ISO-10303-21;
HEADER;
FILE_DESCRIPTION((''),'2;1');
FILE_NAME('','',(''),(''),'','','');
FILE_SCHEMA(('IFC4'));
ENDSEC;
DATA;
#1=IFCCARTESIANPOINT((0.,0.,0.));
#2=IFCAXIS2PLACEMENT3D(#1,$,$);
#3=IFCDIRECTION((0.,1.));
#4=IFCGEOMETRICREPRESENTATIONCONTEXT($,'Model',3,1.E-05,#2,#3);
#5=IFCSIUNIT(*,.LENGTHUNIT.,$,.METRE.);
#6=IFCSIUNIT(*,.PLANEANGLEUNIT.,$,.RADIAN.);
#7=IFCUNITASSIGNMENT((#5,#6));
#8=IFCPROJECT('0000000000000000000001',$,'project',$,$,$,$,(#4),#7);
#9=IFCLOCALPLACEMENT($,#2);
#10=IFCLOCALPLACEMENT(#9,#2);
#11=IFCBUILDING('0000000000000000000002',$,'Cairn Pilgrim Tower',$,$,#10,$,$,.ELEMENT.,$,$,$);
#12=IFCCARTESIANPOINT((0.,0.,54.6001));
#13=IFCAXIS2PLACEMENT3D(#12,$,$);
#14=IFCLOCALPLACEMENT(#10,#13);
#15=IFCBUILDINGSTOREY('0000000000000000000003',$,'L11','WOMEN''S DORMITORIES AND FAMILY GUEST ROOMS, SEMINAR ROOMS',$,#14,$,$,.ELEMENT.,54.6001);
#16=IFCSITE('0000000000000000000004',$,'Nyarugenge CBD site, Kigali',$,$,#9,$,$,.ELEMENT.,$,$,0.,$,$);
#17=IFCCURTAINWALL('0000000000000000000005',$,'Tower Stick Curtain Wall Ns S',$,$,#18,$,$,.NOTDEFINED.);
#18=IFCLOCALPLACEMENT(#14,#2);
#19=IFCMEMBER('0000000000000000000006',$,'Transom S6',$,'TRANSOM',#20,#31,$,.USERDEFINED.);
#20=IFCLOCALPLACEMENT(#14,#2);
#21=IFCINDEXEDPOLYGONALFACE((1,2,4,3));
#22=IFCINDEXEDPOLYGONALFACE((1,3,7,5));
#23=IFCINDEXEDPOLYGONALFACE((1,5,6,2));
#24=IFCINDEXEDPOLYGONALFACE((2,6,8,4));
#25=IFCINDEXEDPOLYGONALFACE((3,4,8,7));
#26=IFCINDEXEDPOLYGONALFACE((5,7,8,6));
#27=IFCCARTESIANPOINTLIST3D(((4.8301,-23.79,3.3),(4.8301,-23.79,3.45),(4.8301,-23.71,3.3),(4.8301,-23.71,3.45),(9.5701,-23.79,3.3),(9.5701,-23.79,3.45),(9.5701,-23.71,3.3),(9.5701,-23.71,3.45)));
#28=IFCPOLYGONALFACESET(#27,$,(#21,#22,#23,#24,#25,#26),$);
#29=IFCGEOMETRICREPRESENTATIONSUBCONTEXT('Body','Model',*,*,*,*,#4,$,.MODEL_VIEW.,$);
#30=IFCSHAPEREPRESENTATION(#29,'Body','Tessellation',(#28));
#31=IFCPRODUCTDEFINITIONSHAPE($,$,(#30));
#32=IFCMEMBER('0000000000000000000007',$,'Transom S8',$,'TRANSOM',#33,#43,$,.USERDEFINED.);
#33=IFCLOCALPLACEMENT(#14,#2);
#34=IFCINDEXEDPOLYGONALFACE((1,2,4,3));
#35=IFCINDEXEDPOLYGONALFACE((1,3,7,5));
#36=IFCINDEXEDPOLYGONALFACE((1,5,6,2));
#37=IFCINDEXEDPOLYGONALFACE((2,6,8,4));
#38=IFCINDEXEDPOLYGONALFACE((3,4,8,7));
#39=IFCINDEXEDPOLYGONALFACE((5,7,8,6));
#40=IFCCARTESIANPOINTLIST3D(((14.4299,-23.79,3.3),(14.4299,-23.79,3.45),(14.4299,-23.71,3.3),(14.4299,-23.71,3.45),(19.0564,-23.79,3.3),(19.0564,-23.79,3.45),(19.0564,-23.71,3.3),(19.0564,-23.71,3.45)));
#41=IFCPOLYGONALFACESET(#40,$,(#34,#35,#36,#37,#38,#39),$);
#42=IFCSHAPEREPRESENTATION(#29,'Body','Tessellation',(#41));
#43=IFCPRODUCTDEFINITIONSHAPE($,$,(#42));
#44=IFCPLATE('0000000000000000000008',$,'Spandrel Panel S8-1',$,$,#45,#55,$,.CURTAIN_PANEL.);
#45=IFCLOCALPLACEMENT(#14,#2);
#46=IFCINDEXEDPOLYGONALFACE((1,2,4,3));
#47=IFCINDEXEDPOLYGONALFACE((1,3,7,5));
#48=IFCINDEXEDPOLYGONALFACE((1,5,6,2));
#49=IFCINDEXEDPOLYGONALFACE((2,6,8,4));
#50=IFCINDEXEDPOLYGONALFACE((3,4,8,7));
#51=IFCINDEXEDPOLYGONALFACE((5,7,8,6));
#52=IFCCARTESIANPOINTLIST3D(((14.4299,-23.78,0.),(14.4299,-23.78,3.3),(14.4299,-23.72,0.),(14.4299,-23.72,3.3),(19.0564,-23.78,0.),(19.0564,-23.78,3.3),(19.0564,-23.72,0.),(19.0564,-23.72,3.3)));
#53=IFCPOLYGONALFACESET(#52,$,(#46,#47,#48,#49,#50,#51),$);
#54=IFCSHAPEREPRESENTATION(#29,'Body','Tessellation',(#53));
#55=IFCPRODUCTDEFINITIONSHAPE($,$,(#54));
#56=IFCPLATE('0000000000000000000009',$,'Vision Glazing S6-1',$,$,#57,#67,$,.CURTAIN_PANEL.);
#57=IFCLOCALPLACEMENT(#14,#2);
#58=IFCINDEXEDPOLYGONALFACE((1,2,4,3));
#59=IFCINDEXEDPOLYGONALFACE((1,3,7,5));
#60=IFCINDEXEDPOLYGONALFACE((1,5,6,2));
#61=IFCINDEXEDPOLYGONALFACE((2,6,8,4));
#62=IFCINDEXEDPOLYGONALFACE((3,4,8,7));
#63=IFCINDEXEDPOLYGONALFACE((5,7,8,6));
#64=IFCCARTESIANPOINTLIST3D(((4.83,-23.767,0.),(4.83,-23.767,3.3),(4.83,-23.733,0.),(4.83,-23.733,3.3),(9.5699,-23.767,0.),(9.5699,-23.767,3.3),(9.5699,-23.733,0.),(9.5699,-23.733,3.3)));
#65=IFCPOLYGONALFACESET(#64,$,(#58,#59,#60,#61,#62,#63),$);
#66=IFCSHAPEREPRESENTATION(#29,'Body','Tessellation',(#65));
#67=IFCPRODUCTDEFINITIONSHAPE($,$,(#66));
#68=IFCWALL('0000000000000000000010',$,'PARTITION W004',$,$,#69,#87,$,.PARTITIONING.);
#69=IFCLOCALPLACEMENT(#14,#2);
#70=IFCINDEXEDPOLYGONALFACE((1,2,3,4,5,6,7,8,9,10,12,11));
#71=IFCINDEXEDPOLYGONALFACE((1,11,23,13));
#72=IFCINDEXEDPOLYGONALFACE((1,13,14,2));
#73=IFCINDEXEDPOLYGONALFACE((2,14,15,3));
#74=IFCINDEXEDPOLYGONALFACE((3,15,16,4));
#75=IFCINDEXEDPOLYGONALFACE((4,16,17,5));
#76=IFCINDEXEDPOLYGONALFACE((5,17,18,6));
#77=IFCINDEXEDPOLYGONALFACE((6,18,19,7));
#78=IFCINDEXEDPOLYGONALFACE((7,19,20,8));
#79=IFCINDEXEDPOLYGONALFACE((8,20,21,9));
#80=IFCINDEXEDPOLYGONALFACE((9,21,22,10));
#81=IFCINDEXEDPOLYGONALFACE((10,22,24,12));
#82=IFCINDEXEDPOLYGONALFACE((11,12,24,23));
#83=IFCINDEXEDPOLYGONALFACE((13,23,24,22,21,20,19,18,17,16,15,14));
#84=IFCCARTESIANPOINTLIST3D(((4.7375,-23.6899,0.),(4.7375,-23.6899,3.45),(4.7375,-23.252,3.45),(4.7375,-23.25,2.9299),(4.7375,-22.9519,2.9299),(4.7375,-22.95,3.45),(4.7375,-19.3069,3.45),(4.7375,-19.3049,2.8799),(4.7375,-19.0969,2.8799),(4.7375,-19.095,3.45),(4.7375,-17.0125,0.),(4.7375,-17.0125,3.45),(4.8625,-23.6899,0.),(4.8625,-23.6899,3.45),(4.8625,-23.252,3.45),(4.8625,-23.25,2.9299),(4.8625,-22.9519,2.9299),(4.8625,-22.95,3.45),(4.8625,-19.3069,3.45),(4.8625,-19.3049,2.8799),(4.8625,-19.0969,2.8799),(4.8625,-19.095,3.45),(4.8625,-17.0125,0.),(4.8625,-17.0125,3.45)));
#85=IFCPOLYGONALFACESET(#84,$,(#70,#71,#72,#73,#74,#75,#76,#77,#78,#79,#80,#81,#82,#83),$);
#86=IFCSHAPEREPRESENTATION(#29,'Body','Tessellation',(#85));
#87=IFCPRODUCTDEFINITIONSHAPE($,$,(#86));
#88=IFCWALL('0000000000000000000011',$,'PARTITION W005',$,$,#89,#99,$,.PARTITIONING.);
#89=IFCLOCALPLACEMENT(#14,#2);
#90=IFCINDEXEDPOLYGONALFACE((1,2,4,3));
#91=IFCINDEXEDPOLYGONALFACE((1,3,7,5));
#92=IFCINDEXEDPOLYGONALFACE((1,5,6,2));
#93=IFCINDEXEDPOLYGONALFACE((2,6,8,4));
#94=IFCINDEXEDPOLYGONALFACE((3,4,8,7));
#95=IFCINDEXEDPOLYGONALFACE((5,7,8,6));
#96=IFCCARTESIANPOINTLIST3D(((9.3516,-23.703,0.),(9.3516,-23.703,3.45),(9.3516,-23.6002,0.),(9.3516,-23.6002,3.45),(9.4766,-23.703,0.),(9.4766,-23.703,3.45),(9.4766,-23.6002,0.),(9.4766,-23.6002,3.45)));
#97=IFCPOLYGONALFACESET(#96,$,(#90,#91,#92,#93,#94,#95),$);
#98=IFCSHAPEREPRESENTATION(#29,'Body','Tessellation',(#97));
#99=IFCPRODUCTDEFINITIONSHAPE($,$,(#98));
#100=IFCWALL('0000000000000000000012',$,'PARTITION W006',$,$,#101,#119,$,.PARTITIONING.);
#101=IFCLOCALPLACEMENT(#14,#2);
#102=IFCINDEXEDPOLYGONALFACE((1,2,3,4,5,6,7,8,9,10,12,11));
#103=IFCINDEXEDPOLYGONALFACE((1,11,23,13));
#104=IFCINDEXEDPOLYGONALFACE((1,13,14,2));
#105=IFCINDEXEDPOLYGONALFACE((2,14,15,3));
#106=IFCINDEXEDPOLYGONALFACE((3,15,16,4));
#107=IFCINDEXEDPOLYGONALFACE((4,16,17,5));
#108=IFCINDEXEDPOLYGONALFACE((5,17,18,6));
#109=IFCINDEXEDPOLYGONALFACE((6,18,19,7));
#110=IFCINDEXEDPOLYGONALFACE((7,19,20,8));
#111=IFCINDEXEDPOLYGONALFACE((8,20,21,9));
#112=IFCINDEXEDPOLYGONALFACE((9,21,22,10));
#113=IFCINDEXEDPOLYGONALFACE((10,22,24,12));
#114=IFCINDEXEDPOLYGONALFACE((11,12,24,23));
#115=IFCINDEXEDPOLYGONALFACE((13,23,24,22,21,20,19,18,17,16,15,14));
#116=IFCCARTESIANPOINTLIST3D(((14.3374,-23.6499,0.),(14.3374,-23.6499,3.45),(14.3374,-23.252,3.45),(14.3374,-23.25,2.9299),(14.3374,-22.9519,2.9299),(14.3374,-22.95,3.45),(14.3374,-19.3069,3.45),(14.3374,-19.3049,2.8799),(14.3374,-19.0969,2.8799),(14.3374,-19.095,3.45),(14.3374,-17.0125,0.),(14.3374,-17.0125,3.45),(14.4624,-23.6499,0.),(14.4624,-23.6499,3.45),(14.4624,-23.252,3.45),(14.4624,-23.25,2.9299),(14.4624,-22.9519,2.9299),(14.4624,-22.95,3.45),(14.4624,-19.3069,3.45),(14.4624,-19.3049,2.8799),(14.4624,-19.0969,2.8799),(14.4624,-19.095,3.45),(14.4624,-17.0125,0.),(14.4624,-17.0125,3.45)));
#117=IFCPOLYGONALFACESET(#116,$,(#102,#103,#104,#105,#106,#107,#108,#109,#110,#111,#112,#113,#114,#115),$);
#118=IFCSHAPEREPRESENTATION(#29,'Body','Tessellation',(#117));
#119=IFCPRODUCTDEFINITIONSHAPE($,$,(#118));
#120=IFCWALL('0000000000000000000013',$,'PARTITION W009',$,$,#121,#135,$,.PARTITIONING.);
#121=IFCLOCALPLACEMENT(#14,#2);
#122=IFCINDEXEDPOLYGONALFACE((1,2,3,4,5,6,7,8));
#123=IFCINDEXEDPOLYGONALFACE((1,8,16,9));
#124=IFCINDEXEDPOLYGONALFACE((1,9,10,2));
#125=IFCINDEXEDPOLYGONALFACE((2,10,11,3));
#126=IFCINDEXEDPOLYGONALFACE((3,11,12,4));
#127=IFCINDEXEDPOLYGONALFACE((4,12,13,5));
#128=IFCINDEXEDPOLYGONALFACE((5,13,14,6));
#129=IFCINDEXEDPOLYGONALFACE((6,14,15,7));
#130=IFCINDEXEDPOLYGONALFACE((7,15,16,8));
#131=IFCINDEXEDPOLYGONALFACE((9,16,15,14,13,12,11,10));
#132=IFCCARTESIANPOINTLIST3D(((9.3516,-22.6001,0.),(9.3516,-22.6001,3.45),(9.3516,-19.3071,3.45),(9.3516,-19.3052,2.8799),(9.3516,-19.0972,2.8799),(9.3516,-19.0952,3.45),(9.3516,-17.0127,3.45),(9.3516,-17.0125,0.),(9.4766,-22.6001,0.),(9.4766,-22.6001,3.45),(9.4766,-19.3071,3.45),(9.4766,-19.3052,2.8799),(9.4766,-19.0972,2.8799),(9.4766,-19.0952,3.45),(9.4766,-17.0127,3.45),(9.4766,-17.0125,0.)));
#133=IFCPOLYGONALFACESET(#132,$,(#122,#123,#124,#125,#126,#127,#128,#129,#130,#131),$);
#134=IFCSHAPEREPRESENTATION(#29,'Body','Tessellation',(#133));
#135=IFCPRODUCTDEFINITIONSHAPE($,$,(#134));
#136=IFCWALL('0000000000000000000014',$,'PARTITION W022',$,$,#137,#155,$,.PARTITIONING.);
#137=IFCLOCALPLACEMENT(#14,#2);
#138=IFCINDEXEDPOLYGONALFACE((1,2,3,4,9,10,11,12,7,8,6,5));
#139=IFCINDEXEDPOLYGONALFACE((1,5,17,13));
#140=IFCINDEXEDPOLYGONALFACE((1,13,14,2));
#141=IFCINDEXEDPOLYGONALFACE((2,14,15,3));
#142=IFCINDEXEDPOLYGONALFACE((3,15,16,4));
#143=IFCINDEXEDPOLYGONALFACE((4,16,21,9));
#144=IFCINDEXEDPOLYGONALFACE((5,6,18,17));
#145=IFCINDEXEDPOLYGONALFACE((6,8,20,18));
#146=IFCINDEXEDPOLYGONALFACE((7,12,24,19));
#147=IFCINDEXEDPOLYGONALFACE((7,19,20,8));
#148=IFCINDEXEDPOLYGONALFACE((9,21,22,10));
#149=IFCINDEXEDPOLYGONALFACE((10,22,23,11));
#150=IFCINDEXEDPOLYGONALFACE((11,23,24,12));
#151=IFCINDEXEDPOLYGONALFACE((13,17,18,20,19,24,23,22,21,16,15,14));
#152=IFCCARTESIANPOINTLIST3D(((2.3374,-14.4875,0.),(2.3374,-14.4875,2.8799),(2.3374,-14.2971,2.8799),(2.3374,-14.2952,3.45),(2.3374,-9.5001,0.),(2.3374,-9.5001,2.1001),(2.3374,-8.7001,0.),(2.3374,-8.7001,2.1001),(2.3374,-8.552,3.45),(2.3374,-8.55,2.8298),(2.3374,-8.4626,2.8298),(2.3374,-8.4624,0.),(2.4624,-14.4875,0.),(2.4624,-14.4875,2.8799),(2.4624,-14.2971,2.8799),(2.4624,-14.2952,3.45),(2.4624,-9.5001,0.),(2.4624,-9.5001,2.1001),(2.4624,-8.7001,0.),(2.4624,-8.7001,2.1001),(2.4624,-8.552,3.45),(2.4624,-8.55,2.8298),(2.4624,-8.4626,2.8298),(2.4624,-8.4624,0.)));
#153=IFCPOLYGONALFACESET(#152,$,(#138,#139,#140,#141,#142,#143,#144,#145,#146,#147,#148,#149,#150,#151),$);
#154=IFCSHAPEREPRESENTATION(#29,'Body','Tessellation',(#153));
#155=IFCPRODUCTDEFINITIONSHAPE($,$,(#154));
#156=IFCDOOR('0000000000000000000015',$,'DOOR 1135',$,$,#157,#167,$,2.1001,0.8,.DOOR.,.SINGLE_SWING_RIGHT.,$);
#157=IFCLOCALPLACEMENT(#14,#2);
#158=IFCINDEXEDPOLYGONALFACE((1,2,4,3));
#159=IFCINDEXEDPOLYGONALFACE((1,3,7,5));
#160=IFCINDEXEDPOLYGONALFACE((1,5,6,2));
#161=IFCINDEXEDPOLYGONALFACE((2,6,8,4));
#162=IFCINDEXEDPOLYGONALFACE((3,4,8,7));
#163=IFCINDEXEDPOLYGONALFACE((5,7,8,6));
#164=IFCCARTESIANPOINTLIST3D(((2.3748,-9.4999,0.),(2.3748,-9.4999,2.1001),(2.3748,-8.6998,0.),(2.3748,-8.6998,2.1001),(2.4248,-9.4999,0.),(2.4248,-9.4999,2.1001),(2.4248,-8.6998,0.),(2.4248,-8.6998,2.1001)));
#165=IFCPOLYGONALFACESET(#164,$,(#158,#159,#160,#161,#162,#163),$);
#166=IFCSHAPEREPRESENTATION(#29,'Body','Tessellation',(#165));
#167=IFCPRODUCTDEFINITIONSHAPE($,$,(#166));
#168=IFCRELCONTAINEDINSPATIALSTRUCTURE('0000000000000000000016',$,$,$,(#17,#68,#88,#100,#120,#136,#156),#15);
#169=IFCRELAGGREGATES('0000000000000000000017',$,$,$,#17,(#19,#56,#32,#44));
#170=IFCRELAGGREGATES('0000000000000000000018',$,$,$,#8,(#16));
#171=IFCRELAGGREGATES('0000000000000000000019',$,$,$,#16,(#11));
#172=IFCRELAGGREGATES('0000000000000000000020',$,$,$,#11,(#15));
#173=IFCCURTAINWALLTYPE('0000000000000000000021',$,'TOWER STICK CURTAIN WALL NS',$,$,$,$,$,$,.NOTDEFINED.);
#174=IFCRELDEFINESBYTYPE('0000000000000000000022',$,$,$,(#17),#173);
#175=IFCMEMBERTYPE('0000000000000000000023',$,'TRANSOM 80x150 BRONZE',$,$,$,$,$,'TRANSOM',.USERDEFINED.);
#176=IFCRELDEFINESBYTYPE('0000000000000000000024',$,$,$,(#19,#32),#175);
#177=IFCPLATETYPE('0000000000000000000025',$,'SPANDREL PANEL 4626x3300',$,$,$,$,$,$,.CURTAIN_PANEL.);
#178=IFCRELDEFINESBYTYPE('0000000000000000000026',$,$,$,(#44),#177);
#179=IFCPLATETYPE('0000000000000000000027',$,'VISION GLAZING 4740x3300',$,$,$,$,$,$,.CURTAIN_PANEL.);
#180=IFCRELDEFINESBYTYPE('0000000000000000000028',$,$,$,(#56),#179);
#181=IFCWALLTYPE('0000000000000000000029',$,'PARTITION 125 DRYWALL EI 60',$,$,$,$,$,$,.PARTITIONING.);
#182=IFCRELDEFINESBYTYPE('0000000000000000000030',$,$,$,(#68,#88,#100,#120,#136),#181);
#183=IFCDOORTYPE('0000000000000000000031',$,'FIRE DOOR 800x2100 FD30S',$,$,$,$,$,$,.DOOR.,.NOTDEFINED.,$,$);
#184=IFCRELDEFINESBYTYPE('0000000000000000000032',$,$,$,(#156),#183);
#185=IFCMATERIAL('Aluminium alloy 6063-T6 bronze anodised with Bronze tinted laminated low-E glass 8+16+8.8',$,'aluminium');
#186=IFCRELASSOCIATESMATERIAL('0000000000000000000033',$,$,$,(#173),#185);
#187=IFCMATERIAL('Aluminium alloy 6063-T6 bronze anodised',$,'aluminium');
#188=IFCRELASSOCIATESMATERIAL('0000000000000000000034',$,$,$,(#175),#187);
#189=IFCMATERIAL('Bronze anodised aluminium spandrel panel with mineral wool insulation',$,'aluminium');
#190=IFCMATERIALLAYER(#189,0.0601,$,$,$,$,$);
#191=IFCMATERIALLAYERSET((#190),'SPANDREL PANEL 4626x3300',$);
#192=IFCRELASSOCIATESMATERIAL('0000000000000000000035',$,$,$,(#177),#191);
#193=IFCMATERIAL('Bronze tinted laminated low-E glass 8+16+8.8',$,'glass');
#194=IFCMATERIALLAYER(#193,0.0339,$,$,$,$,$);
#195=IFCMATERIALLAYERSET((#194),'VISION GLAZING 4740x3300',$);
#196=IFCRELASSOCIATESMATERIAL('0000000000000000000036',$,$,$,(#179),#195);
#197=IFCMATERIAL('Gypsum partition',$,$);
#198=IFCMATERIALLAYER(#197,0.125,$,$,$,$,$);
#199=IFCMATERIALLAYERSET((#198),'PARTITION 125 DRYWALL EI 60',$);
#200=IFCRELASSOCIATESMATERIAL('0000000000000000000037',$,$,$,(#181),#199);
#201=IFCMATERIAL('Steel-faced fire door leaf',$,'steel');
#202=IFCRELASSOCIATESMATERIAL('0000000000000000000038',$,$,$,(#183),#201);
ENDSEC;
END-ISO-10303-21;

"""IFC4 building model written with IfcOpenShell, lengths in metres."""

from ifc_helpers import new_model, si_unit, direction, frame, frame_2d, origin, origin_2d, place, context, subcontext, project, spatial, polyline, rectangle, outline, extrude, material, layer, layer_set, material_profile, profile_set, type_object, element, fill, aggregate, save


model = new_model("IFC4")

# Units and contexts
model_context = context("Model", 3, precision=1e-05, world=origin(), true_north=direction((0.0, 1.0)))
body_context = subcontext(model_context, "Body", "Model", "MODEL_VIEW")
ifc_project = project(units=[si_unit("LENGTHUNIT", "METRE"), si_unit("PLANEANGLEUNIT", "RADIAN")], contexts=[model_context])

# Site, building, storey
site_placement = place(None, origin())
site = spatial("IfcSite", under=ifc_project, at=site_placement, Name="Nyarugenge CBD site, Kigali", CompositionType="ELEMENT", RefElevation=0.0)
building_placement = place(site_placement, origin())
building = spatial("IfcBuilding", under=site, at=building_placement, Name="Cairn Pilgrim Tower", CompositionType="ELEMENT")
storey_placement = place(building_placement, frame((0.0, 0.0, 54.6001)))
storey = spatial("IfcBuildingStorey", under=building, at=storey_placement, Name="L11", Description="WOMEN'S DORMITORIES AND FAMILY GUEST ROOMS, SEMINAR ROOMS", CompositionType="ELEMENT", Elevation=54.6001)

# Curtain wall
ifc_material_1 = material(Name="Aluminium alloy 6063-T6 bronze anodised with Bronze tinted laminated low-E glass 8+16+8.8", Category="aluminium")
curtain_wall_type = type_object("IfcCurtainWallType", Name="TOWER STICK CURTAIN WALL NS", PredefinedType="NOTDEFINED", material=ifc_material_1)
curtain_wall_placement = place(storey_placement, origin())
curtain_wall = element("IfcCurtainWall", 1, at=curtain_wall_placement, inside=storey, type_object=curtain_wall_type, Name="Tower Stick Curtain Wall Ns S", PredefinedType="NOTDEFINED")
ifc_material_2 = material(Name="Aluminium alloy 6063-T6 bronze anodised", Category="aluminium")

# Members
ifc_material_profile_1 = material_profile(ifc_material_2, rectangle(XDim=0.0801, YDim=0.1499, at=origin_2d()), Name="TRANSOM 80x150 BRONZE")
ifc_profile_set_1 = profile_set([ifc_material_profile_1], Name="Aluminium alloy 6063-T6 bronze anodised")
member_type_1 = type_object("IfcMemberType", Name="TRANSOM 80x150 BRONZE", ElementType="TRANSOM", PredefinedType="USERDEFINED", material=ifc_profile_set_1)
member_1_placement = place(storey_placement, frame((4.8301, -23.75, 3.375), z_axis=(1.0, 0.0, 0.0), x_axis=(0.0, 1.0, 0.0)))
member_1 = element("IfcMember", 2, at=member_1_placement, type_object=member_type_1, Name="Transom S6", ObjectType="TRANSOM", PredefinedType="USERDEFINED", context=body_context, shape_type="SweptSolid", body=[
    extrude(rectangle(XDim=0.0801, YDim=0.1499, at=origin_2d()), origin(), (0.0, 0.0, 1.0), 4.74),
])
member_2_placement = place(storey_placement, frame((14.4299, -23.75, 3.375), z_axis=(1.0, 0.0, 0.0), x_axis=(0.0, 1.0, 0.0)))
member_2 = element("IfcMember", 3, at=member_2_placement, type_object=member_type_1, Name="Transom S8", ObjectType="TRANSOM", PredefinedType="USERDEFINED", context=body_context, shape_type="SweptSolid", body=[
    extrude(rectangle(XDim=0.0801, YDim=0.1499, at=origin_2d()), origin(), (0.0, 0.0, 1.0), 4.6265),
])

# Plates
ifc_material_3 = material(Name="Bronze anodised aluminium spandrel panel with mineral wool insulation", Category="aluminium")
ifc_layer_1 = layer(ifc_material_3, 0.0601)
ifc_layer_set_1 = layer_set([ifc_layer_1], Name="SPANDREL PANEL 4626x3300")
plate_type_1 = type_object("IfcPlateType", Name="SPANDREL PANEL 4626x3300", PredefinedType="CURTAIN_PANEL", material=ifc_layer_set_1)
plate_1_placement = place(storey_placement, frame((16.7432, -23.75, 0.0), z_axis=(0.0, 0.0, 1.0), x_axis=(1.0, 0.0, 0.0)))
plate_1 = element("IfcPlate", 4, at=plate_1_placement, type_object=plate_type_1, Name="Spandrel Panel S8-1", PredefinedType="CURTAIN_PANEL", context=body_context, shape_type="SweptSolid", body=[
    extrude(rectangle(XDim=4.6265, YDim=0.0601, at=origin_2d()), origin(), (0.0, 0.0, 1.0), 3.3),
])
ifc_material_4 = material(Name="Bronze tinted laminated low-E glass 8+16+8.8", Category="glass")
ifc_layer_2 = layer(ifc_material_4, 0.0339)
ifc_layer_set_2 = layer_set([ifc_layer_2], Name="VISION GLAZING 4740x3300")
plate_type_2 = type_object("IfcPlateType", Name="VISION GLAZING 4740x3300", PredefinedType="CURTAIN_PANEL", material=ifc_layer_set_2)
plate_2_placement = place(storey_placement, frame((7.2, -23.75, 0.0), z_axis=(0.0, 0.0, 1.0), x_axis=(1.0, 0.0, 0.0)))
plate_2 = element("IfcPlate", 5, at=plate_2_placement, type_object=plate_type_2, Name="Vision Glazing S6-1", PredefinedType="CURTAIN_PANEL", context=body_context, shape_type="SweptSolid", body=[
    extrude(rectangle(XDim=4.74, YDim=0.0339, at=origin_2d()), origin(), (0.0, 0.0, 1.0), 3.3),
])
aggregate(curtain_wall, [member_1, plate_2, member_2, plate_1])

# Walls
ifc_material_5 = material(Name="Gypsum partition")
ifc_layer_3 = layer(ifc_material_5, 0.125)
ifc_layer_set_3 = layer_set([ifc_layer_3], Name="PARTITION 125 DRYWALL EI 60")
wall_type_1 = type_object("IfcWallType", Name="PARTITION 125 DRYWALL EI 60", PredefinedType="PARTITIONING", material=ifc_layer_set_3)
wall_1_placement = place(storey_placement, frame((4.8, -23.6899, 0.0), z_axis=(0.0, 0.0, 1.0), x_axis=(0.0, 1.0, 0.0)))
element("IfcWall", 6, at=wall_1_placement, inside=storey, type_object=wall_type_1, Name="PARTITION W004", PredefinedType="PARTITIONING", context=body_context, shape_type="SweptSolid", body=[
    extrude(outline(polyline([(0.0, 0.0), (6.6775, 0.0), (6.6775, 3.45), (4.595, 3.45), (4.593, 2.8799), (4.385, 2.8799), (4.3831, 3.45), (0.74, 3.45), (0.738, 2.9299), (0.4399, 2.9299), (0.438, 3.45), (0.0, 3.45), (0.0, 0.0)])), frame((0.0, 0.0625, 0.0), z_axis=(0.0, -1.0, 0.0), x_axis=(1.0, 0.0, 0.0)), (0.0, 0.0, 1.0), 0.125),
])
wall_2_placement = place(storey_placement, frame((9.4141, -23.7029, 0.0), z_axis=(0.0, 0.0, 1.0), x_axis=(0.0, 1.0, 0.0)))
element("IfcWall", 7, at=wall_2_placement, inside=storey, type_object=wall_type_1, Name="PARTITION W005", PredefinedType="PARTITIONING", context=body_context, shape_type="SweptSolid", body=[
    extrude(rectangle(XDim=0.1028, YDim=0.125, at=frame_2d((0.0513, 0.0))), origin(), (0.0, 0.0, 1.0), 3.45),
])
wall_3_placement = place(storey_placement, frame((14.3999, -23.6499, 0.0), z_axis=(0.0, 0.0, 1.0), x_axis=(0.0, 1.0, 0.0)))
element("IfcWall", 8, at=wall_3_placement, inside=storey, type_object=wall_type_1, Name="PARTITION W006", PredefinedType="PARTITIONING", context=body_context, shape_type="SweptSolid", body=[
    extrude(outline(polyline([(0.0, 0.0), (6.6375, 0.0), (6.6375, 3.45), (4.5549, 3.45), (4.553, 2.8799), (4.345, 2.8799), (4.343, 3.45), (0.7, 3.45), (0.698, 2.9299), (0.3999, 2.9299), (0.3979, 3.45), (0.0, 3.45), (0.0, 0.0)])), frame((0.0, 0.0625, 0.0), z_axis=(0.0, -1.0, 0.0), x_axis=(1.0, 0.0, 0.0)), (0.0, 0.0, 1.0), 0.125),
])
wall_4_placement = place(storey_placement, frame((9.4141, -22.6001, 0.0), z_axis=(0.0, 0.0, 1.0), x_axis=(0.0, 1.0, 0.0)))
element("IfcWall", 9, at=wall_4_placement, inside=storey, type_object=wall_type_1, Name="PARTITION W009", PredefinedType="PARTITIONING", context=body_context, shape_type="SweptSolid", body=[
    extrude(outline(polyline([(0.0, 0.0), (5.5876, 0.0), (5.5874, 3.45), (3.5049, 3.45), (3.5029, 2.8799), (3.2949, 2.8799), (3.293, 3.45), (0.0, 3.45), (0.0, 0.0)])), frame((0.0, 0.0625, 0.0), z_axis=(0.0, -1.0, 0.0), x_axis=(1.0, 0.0, 0.0)), (0.0, 0.0, 1.0), 0.125),
])

# Wall, opening, door
wall_5_placement = place(storey_placement, frame((2.3999, -14.4875, 0.0), z_axis=(0.0, 0.0, 1.0), x_axis=(0.0, 1.0, 0.0)))
wall_5 = element("IfcWall", 10, at=wall_5_placement, inside=storey, type_object=wall_type_1, Name="PARTITION W022", PredefinedType="PARTITIONING", context=body_context, shape_type="SweptSolid", body=[
    extrude(outline(polyline([(0.0, 0.0), (6.0251, 0.0), (6.0249, 2.8298), (5.9375, 2.8298), (5.9355, 3.45), (0.1924, 3.45), (0.1904, 2.8799), (0.0, 2.8799), (0.0, 0.0)])), frame((0.0, 0.0625, 0.0), z_axis=(0.0, -1.0, 0.0), x_axis=(1.0, 0.0, 0.0)), (0.0, 0.0, 1.0), 0.125),
])
opening_1_placement = place(wall_5_placement, frame((4.9875, 0.0, 0.0)))
opening_1 = element("IfcOpeningElement", 11, at=opening_1_placement, cuts=wall_5, PredefinedType="OPENING", context=body_context, shape_type="SweptSolid", body=[
    extrude(rectangle(XDim=0.8, YDim=2.1001, at=frame_2d((0.3999, 1.05))), frame((0.0, 0.0725, 0.0), z_axis=(0.0, -1.0, 0.0), x_axis=(1.0, 0.0, 0.0)), (0.0, 0.0, 1.0), 0.145),
])
ifc_material_6 = material(Name="Steel-faced fire door leaf", Category="steel")
door_type_1 = type_object("IfcDoorType", Name="FIRE DOOR 800x2100 FD30S", OperationType="NOTDEFINED", PredefinedType="DOOR", material=ifc_material_6)
door_1_placement = place(opening_1_placement, frame((0.8, 0.0, 0.0), z_axis=(0.0, 0.0, 1.0), x_axis=(-1.0, 0.0, 0.0)))
door_1 = element("IfcDoor", 12, at=door_1_placement, inside=storey, type_object=door_type_1, Name="DOOR 1135", OperationType="SINGLE_SWING_RIGHT", OverallHeight=2.1001, OverallWidth=0.8, PredefinedType="DOOR", context=body_context, shape_type="SweptSolid", body=[
    extrude(rectangle(XDim=0.8, YDim=2.1001, at=frame_2d((0.3999, 1.05))), frame((0.0, 0.0249, 0.0), z_axis=(0.0, -1.0, 0.0), x_axis=(1.0, 0.0, 0.0)), (0.0, 0.0, 1.0), 0.05),
])
fill(opening_1, door_1)

save(model, "model.ifc")
